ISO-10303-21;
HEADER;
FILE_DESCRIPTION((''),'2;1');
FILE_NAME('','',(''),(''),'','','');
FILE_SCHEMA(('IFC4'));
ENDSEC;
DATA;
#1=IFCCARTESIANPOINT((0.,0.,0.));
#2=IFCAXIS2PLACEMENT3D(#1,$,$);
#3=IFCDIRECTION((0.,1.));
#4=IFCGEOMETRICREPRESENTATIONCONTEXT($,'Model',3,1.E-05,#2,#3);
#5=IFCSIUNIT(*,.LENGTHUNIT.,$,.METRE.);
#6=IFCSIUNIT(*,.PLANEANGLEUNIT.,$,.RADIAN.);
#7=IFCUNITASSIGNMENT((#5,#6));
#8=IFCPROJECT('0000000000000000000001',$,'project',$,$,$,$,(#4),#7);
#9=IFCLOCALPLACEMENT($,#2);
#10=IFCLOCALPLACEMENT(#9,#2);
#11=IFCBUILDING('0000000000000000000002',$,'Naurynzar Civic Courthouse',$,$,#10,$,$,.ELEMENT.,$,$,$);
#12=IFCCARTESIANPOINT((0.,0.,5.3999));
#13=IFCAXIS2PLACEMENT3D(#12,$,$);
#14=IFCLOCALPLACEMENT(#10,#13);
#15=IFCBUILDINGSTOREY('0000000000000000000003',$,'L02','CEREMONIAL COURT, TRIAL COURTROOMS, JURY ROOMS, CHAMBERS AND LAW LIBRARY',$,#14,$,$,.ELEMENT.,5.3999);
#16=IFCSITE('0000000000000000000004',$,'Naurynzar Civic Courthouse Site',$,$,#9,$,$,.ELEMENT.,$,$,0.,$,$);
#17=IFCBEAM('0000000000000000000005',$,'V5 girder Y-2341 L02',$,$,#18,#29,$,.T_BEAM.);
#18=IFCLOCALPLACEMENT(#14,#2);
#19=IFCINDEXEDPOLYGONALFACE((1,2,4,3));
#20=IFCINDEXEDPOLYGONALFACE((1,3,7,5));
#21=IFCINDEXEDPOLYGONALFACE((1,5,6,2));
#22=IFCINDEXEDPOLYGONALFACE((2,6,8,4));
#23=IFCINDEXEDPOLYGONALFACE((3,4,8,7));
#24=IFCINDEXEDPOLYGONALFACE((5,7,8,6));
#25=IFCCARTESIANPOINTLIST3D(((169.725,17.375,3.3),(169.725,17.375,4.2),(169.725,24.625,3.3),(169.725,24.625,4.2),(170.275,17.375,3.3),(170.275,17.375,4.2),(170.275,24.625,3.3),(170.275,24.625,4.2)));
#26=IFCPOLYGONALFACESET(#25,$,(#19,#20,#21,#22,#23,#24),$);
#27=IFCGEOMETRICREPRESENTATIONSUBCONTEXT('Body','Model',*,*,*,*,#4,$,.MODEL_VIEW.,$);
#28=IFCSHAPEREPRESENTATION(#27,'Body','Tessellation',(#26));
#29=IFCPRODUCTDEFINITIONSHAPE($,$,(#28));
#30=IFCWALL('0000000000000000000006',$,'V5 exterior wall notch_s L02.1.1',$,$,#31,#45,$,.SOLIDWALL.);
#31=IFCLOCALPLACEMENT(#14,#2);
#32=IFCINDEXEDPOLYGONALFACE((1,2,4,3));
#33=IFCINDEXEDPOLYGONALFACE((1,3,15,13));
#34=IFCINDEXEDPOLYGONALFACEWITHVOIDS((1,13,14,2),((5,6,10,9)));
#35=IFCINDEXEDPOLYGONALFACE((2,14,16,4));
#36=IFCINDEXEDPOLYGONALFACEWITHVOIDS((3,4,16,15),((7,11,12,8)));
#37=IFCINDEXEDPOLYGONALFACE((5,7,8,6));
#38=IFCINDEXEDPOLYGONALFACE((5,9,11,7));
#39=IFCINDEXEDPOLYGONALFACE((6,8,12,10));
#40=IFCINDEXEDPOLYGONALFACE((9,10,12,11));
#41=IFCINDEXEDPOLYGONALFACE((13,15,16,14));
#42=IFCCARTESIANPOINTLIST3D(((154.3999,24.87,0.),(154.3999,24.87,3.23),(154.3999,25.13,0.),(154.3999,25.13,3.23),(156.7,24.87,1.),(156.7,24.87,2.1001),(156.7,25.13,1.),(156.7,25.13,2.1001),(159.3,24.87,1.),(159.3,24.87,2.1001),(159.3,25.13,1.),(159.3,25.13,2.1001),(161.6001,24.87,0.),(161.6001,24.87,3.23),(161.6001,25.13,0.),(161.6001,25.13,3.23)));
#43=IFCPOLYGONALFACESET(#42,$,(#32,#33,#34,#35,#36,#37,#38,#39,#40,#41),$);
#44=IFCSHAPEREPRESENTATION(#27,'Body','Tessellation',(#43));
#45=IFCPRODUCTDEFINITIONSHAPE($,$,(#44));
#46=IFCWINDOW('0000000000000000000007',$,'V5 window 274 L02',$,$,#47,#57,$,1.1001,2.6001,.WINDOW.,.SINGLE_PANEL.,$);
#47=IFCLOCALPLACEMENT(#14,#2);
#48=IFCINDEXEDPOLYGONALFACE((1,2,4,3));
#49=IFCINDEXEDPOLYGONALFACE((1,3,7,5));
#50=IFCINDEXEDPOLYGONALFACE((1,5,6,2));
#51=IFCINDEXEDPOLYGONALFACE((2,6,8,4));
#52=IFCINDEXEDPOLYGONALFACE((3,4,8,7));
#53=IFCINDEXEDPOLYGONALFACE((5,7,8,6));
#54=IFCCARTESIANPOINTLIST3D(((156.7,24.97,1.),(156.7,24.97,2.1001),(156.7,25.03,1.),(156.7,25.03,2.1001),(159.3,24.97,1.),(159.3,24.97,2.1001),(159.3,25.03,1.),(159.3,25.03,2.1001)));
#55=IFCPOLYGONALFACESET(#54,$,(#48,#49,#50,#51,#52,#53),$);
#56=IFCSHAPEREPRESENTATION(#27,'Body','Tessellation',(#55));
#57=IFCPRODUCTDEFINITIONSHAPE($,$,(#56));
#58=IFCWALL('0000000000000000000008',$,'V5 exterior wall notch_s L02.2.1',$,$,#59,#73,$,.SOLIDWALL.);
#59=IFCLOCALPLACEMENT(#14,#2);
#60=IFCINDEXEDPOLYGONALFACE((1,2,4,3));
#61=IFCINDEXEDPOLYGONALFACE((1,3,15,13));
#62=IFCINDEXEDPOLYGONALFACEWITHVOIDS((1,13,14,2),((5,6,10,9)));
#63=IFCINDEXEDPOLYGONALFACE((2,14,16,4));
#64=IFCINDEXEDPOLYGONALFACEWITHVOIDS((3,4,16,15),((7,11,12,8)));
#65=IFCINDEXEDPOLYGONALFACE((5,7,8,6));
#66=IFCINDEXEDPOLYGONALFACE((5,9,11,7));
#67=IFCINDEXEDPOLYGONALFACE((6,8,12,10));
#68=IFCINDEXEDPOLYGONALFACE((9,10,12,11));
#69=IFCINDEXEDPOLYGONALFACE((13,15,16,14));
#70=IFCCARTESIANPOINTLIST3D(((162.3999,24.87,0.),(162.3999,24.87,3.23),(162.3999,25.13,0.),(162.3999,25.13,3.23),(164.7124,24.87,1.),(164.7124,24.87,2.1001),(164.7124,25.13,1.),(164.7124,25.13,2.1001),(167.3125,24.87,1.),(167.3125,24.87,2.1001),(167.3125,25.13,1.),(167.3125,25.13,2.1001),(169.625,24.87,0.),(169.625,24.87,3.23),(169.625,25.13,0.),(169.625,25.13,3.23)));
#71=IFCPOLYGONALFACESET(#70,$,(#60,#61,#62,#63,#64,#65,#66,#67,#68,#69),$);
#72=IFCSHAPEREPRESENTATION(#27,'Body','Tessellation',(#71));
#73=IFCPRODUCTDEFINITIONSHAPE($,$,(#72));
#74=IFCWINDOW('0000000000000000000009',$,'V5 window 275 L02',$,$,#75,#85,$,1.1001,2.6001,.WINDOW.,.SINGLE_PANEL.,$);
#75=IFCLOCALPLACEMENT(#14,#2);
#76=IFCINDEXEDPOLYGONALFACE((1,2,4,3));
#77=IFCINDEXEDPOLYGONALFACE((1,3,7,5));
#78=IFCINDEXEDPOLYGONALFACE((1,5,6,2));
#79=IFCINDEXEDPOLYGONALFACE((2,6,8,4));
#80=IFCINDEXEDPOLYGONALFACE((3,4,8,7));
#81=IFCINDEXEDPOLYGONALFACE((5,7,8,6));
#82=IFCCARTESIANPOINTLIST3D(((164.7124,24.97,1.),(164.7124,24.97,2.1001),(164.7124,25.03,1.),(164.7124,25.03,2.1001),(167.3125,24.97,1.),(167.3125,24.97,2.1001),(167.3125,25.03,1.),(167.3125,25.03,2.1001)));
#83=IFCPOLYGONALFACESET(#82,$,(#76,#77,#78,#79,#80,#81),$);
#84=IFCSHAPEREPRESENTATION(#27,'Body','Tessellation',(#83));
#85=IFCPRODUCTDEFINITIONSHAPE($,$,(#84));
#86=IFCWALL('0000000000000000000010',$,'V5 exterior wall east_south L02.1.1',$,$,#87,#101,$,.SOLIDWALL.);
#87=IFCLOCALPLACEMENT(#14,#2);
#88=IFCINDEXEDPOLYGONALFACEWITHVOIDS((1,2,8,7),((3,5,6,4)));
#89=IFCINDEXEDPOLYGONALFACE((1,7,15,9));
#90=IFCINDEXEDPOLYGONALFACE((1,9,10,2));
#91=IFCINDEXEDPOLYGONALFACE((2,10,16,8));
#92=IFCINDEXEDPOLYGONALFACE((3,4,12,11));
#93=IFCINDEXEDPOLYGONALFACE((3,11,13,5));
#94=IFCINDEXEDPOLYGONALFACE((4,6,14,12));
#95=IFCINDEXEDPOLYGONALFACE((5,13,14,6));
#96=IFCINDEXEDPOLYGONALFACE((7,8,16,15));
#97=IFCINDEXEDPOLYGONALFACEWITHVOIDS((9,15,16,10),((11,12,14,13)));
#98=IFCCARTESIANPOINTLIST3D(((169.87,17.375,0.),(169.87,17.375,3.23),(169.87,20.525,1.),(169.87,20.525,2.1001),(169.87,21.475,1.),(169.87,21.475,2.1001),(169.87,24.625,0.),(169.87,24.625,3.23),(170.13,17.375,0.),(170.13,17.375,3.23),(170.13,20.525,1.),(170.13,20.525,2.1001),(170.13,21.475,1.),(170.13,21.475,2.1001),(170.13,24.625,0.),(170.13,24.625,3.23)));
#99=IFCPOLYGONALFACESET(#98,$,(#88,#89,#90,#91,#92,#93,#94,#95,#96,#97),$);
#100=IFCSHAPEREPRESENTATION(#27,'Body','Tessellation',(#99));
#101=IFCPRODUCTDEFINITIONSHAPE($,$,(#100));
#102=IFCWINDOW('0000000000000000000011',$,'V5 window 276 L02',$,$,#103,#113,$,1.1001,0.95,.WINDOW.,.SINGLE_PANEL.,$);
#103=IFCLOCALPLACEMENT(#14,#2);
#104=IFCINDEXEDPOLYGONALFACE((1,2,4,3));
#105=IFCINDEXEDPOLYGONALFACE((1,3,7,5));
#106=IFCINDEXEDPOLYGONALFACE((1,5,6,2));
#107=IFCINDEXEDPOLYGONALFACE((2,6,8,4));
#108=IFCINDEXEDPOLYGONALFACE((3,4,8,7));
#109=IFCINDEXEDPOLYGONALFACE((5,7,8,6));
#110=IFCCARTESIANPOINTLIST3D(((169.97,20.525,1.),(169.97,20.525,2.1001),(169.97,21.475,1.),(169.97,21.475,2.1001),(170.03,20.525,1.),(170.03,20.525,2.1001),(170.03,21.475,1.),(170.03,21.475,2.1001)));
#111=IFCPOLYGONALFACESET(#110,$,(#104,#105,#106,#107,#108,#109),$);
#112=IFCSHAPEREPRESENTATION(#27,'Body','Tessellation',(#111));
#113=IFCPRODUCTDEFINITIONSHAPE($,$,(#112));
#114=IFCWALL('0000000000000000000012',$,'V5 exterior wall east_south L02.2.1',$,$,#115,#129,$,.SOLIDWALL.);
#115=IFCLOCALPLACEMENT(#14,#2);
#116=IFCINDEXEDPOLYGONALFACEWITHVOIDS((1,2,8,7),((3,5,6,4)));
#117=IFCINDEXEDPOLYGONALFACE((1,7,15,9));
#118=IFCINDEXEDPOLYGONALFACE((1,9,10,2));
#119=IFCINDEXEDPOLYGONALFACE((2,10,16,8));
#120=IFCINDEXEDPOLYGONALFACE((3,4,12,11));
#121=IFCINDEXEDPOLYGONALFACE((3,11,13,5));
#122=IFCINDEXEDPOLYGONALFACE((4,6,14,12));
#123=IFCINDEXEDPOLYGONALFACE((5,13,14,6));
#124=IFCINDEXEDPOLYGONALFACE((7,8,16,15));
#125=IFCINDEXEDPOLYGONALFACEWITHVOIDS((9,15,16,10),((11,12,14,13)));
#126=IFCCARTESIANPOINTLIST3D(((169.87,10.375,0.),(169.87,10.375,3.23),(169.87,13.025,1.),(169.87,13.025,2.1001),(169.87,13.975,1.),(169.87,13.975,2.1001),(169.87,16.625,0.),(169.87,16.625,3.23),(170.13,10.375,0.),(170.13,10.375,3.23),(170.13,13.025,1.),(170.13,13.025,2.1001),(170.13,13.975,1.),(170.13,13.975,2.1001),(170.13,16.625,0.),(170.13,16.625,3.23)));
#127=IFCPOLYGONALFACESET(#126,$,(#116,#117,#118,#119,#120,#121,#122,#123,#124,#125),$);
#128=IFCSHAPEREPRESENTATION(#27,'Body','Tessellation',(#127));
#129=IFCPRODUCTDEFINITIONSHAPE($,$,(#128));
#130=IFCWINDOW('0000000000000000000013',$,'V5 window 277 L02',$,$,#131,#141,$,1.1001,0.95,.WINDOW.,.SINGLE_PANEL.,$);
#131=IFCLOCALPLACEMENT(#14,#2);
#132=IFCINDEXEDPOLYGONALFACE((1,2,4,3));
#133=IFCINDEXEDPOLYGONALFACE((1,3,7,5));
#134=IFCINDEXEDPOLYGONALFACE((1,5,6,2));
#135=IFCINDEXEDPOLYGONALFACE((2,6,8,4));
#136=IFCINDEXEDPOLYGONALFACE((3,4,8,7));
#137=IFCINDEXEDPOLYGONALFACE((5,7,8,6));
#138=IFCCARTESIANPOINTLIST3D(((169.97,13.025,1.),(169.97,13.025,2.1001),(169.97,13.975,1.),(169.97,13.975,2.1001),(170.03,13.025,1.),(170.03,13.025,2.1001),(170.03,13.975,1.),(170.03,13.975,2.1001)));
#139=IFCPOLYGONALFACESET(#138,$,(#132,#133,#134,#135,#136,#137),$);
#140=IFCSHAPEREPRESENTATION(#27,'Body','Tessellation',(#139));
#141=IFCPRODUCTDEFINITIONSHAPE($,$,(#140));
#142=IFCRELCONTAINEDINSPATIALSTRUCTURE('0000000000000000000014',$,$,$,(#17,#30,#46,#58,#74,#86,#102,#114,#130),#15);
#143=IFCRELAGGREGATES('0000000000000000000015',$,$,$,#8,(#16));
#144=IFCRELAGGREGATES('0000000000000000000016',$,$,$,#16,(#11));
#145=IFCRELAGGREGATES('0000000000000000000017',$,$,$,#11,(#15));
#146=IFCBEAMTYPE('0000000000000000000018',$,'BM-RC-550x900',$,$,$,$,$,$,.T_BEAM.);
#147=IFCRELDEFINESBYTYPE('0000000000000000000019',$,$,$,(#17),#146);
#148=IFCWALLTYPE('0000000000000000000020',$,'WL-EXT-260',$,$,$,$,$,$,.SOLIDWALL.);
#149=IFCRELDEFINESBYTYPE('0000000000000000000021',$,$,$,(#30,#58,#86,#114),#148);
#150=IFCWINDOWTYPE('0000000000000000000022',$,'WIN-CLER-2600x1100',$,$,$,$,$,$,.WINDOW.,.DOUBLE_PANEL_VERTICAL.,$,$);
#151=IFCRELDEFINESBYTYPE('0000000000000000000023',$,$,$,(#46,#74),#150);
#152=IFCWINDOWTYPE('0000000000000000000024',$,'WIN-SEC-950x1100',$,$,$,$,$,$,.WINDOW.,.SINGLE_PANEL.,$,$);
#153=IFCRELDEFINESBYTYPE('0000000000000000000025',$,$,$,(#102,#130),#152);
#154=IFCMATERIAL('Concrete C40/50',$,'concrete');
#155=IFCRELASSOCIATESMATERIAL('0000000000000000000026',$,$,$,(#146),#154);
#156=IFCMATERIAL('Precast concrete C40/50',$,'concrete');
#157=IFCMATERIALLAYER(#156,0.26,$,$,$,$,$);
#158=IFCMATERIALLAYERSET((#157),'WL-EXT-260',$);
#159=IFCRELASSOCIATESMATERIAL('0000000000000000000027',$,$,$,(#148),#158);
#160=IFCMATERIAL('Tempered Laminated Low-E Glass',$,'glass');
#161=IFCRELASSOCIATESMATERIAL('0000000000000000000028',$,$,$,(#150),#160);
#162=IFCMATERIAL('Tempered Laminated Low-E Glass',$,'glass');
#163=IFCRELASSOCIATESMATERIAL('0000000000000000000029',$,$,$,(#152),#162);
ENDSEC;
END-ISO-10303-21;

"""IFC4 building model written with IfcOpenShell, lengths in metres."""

from ifc_helpers import new_model, si_unit, direction, frame, frame_2d, origin, origin_2d, place, context, subcontext, project, spatial, rectangle, extrude, material, layer, layer_set, material_profile, profile_set, type_object, element, fill, save


model = new_model("IFC4")

# Units and contexts
model_context = context("Model", 3, precision=1e-05, world=origin(), true_north=direction((0.0, 1.0)))
body_context = subcontext(model_context, "Body", "Model", "MODEL_VIEW")
ifc_project = project(units=[si_unit("LENGTHUNIT", "METRE"), si_unit("PLANEANGLEUNIT", "RADIAN")], contexts=[model_context])

# Site, building, storey
site_placement = place(None, origin())
site = spatial("IfcSite", under=ifc_project, at=site_placement, Name="Naurynzar Civic Courthouse Site", CompositionType="ELEMENT", RefElevation=0.0)
building_placement = place(site_placement, origin())
building = spatial("IfcBuilding", under=site, at=building_placement, Name="Naurynzar Civic Courthouse", CompositionType="ELEMENT")
storey_placement = place(building_placement, frame((0.0, 0.0, 5.3999)))
storey = spatial("IfcBuildingStorey", under=building, at=storey_placement, Name="L02", Description="CEREMONIAL COURT, TRIAL COURTROOMS, JURY ROOMS, CHAMBERS AND LAW LIBRARY", CompositionType="ELEMENT", Elevation=5.3999)

# Beam
ifc_material_1 = material(Name="Concrete C40/50", Category="concrete")
ifc_material_profile_1 = material_profile(ifc_material_1, rectangle(XDim=0.55, YDim=0.8999, at=origin_2d()), Name="RCB 550x900")
ifc_profile_set_1 = profile_set([ifc_material_profile_1], Name="Concrete C40/50")
beam_type_1 = type_object("IfcBeamType", Name="BM-RC-550x900", PredefinedType="T_BEAM", material=ifc_profile_set_1)
beam_1_placement = place(storey_placement, frame((170.0, 17.375, 3.75), z_axis=(0.0, 1.0, 0.0), x_axis=(-1.0, 0.0, 0.0)))
element("IfcBeam", 1, at=beam_1_placement, inside=storey, type_object=beam_type_1, Name="V5 girder Y-2341 L02", PredefinedType="T_BEAM", context=body_context, shape_type="SweptSolid", body=[
    extrude(rectangle(XDim=0.55, YDim=0.8999, at=origin_2d()), origin(), (0.0, 0.0, 1.0), 7.25),
])

# Walls, openings, windows
ifc_material_2 = material(Name="Precast concrete C40/50", Category="concrete")
ifc_layer = layer(ifc_material_2, 0.26)
ifc_layer_set = layer_set([ifc_layer], Name="WL-EXT-260")
wall_type = type_object("IfcWallType", Name="WL-EXT-260", PredefinedType="SOLIDWALL", material=ifc_layer_set)
wall_1_placement = place(storey_placement, frame((154.3999, 25.0, 0.0), z_axis=(0.0, 0.0, 1.0), x_axis=(1.0, 0.0, 0.0)))
wall_1 = element("IfcWall", 2, at=wall_1_placement, inside=storey, type_object=wall_type, Name="V5 exterior wall notch_s L02.1.1", PredefinedType="SOLIDWALL", context=body_context, shape_type="SweptSolid", body=[
    extrude(rectangle(XDim=7.2002, YDim=0.26, at=frame_2d((3.6001, 0.0))), origin(), (0.0, 0.0, 1.0), 3.23),
])
opening_1_placement = place(wall_1_placement, frame((2.3, 0.0, 1.0)))
opening_1 = element("IfcOpeningElement", 3, at=opening_1_placement, cuts=wall_1, PredefinedType="OPENING", context=body_context, shape_type="SweptSolid", body=[
    extrude(rectangle(XDim=2.6001, YDim=1.1001, at=frame_2d((1.3, 0.55))), frame((0.0, 0.1399, 0.0), z_axis=(0.0, -1.0, 0.0), x_axis=(1.0, 0.0, 0.0)), (0.0, 0.0, 1.0), 0.28),
])
ifc_material_3 = material(Name="Tempered Laminated Low-E Glass", Category="glass")
window_type_1 = type_object("IfcWindowType", Name="WIN-CLER-2600x1100", PartitioningType="DOUBLE_PANEL_VERTICAL", PredefinedType="WINDOW", material=ifc_material_3)
window_1_placement = place(opening_1_placement, origin())
window_1 = element("IfcWindow", 4, at=window_1_placement, inside=storey, type_object=window_type_1, Name="V5 window 274 L02", OverallHeight=1.1001, OverallWidth=2.6001, PartitioningType="SINGLE_PANEL", PredefinedType="WINDOW", context=body_context, shape_type="SweptSolid", body=[
    extrude(rectangle(XDim=2.6001, YDim=1.1001, at=frame_2d((1.3, 0.55))), frame((0.0, 0.03, 0.0), z_axis=(0.0, -1.0, 0.0), x_axis=(1.0, 0.0, 0.0)), (0.0, 0.0, 1.0), 0.0601),
])
fill(opening_1, window_1)
wall_2_placement = place(storey_placement, frame((162.3999, 25.0, 0.0), z_axis=(0.0, 0.0, 1.0), x_axis=(1.0, 0.0, 0.0)))
wall_2 = element("IfcWall", 5, at=wall_2_placement, inside=storey, type_object=wall_type, Name="V5 exterior wall notch_s L02.2.1", PredefinedType="SOLIDWALL", context=body_context, shape_type="SweptSolid", body=[
    extrude(rectangle(XDim=7.2251, YDim=0.26, at=frame_2d((3.6125, 0.0))), origin(), (0.0, 0.0, 1.0), 3.23),
])
opening_2_placement = place(wall_2_placement, frame((2.3125, 0.0, 1.0)))
opening_2 = element("IfcOpeningElement", 6, at=opening_2_placement, cuts=wall_2, PredefinedType="OPENING", context=body_context, shape_type="SweptSolid", body=[
    extrude(rectangle(XDim=2.6001, YDim=1.1001, at=frame_2d((1.3, 0.55))), frame((0.0, 0.1399, 0.0), z_axis=(0.0, -1.0, 0.0), x_axis=(1.0, 0.0, 0.0)), (0.0, 0.0, 1.0), 0.28),
])
window_2_placement = place(opening_2_placement, origin())
window_2 = element("IfcWindow", 7, at=window_2_placement, inside=storey, type_object=window_type_1, Name="V5 window 275 L02", OverallHeight=1.1001, OverallWidth=2.6001, PartitioningType="SINGLE_PANEL", PredefinedType="WINDOW", context=body_context, shape_type="SweptSolid", body=[
    extrude(rectangle(XDim=2.6001, YDim=1.1001, at=frame_2d((1.3, 0.55))), frame((0.0, 0.03, 0.0), z_axis=(0.0, -1.0, 0.0), x_axis=(1.0, 0.0, 0.0)), (0.0, 0.0, 1.0), 0.0601),
])
fill(opening_2, window_2)
wall_3_placement = place(storey_placement, frame((170.0, 24.625, 0.0), z_axis=(0.0, 0.0, 1.0), x_axis=(0.0, -1.0, 0.0)))
wall_3 = element("IfcWall", 8, at=wall_3_placement, inside=storey, type_object=wall_type, Name="V5 exterior wall east_south L02.1.1", PredefinedType="SOLIDWALL", context=body_context, shape_type="SweptSolid", body=[
    extrude(rectangle(XDim=7.25, YDim=0.26, at=frame_2d((3.625, 0.0))), origin(), (0.0, 0.0, 1.0), 3.23),
])
opening_3_placement = place(wall_3_placement, frame((3.1499, 0.0, 1.0)))
opening_3 = element("IfcOpeningElement", 9, at=opening_3_placement, cuts=wall_3, PredefinedType="OPENING", context=body_context, shape_type="SweptSolid", body=[
    extrude(rectangle(XDim=0.95, YDim=1.1001, at=frame_2d((0.4751, 0.55))), frame((0.0, 0.1399, 0.0), z_axis=(0.0, -1.0, 0.0), x_axis=(1.0, 0.0, 0.0)), (0.0, 0.0, 1.0), 0.28),
])
ifc_material_4 = material(Name="Tempered Laminated Low-E Glass", Category="glass")
window_type_2 = type_object("IfcWindowType", Name="WIN-SEC-950x1100", PartitioningType="SINGLE_PANEL", PredefinedType="WINDOW", material=ifc_material_4)
window_3_placement = place(opening_3_placement, origin())
window_3 = element("IfcWindow", 10, at=window_3_placement, inside=storey, type_object=window_type_2, Name="V5 window 276 L02", OverallHeight=1.1001, OverallWidth=0.95, PartitioningType="SINGLE_PANEL", PredefinedType="WINDOW", context=body_context, shape_type="SweptSolid", body=[
    extrude(rectangle(XDim=0.95, YDim=1.1001, at=frame_2d((0.4751, 0.55))), frame((0.0, 0.03, 0.0), z_axis=(0.0, -1.0, 0.0), x_axis=(1.0, 0.0, 0.0)), (0.0, 0.0, 1.0), 0.0601),
])
fill(opening_3, window_3)
wall_4_placement = place(storey_placement, frame((170.0, 16.625, 0.0), z_axis=(0.0, 0.0, 1.0), x_axis=(0.0, -1.0, 0.0)))
wall_4 = element("IfcWall", 11, at=wall_4_placement, inside=storey, type_object=wall_type, Name="V5 exterior wall east_south L02.2.1", PredefinedType="SOLIDWALL", context=body_context, shape_type="SweptSolid", body=[
    extrude(rectangle(XDim=6.25, YDim=0.26, at=frame_2d((3.125, 0.0))), origin(), (0.0, 0.0, 1.0), 3.23),
])
opening_4_placement = place(wall_4_placement, frame((2.6499, 0.0, 1.0)))
opening_4 = element("IfcOpeningElement", 12, at=opening_4_placement, cuts=wall_4, PredefinedType="OPENING", context=body_context, shape_type="SweptSolid", body=[
    extrude(rectangle(XDim=0.95, YDim=1.1001, at=frame_2d((0.4751, 0.55))), frame((0.0, 0.1399, 0.0), z_axis=(0.0, -1.0, 0.0), x_axis=(1.0, 0.0, 0.0)), (0.0, 0.0, 1.0), 0.28),
])
window_4_placement = place(opening_4_placement, origin())
window_4 = element("IfcWindow", 13, at=window_4_placement, inside=storey, type_object=window_type_2, Name="V5 window 277 L02", OverallHeight=1.1001, OverallWidth=0.95, PartitioningType="SINGLE_PANEL", PredefinedType="WINDOW", context=body_context, shape_type="SweptSolid", body=[
    extrude(rectangle(XDim=0.95, YDim=1.1001, at=frame_2d((0.4751, 0.55))), frame((0.0, 0.03, 0.0), z_axis=(0.0, -1.0, 0.0), x_axis=(1.0, 0.0, 0.0)), (0.0, 0.0, 1.0), 0.0601),
])
fill(opening_4, window_4)

save(model, "model.ifc")
